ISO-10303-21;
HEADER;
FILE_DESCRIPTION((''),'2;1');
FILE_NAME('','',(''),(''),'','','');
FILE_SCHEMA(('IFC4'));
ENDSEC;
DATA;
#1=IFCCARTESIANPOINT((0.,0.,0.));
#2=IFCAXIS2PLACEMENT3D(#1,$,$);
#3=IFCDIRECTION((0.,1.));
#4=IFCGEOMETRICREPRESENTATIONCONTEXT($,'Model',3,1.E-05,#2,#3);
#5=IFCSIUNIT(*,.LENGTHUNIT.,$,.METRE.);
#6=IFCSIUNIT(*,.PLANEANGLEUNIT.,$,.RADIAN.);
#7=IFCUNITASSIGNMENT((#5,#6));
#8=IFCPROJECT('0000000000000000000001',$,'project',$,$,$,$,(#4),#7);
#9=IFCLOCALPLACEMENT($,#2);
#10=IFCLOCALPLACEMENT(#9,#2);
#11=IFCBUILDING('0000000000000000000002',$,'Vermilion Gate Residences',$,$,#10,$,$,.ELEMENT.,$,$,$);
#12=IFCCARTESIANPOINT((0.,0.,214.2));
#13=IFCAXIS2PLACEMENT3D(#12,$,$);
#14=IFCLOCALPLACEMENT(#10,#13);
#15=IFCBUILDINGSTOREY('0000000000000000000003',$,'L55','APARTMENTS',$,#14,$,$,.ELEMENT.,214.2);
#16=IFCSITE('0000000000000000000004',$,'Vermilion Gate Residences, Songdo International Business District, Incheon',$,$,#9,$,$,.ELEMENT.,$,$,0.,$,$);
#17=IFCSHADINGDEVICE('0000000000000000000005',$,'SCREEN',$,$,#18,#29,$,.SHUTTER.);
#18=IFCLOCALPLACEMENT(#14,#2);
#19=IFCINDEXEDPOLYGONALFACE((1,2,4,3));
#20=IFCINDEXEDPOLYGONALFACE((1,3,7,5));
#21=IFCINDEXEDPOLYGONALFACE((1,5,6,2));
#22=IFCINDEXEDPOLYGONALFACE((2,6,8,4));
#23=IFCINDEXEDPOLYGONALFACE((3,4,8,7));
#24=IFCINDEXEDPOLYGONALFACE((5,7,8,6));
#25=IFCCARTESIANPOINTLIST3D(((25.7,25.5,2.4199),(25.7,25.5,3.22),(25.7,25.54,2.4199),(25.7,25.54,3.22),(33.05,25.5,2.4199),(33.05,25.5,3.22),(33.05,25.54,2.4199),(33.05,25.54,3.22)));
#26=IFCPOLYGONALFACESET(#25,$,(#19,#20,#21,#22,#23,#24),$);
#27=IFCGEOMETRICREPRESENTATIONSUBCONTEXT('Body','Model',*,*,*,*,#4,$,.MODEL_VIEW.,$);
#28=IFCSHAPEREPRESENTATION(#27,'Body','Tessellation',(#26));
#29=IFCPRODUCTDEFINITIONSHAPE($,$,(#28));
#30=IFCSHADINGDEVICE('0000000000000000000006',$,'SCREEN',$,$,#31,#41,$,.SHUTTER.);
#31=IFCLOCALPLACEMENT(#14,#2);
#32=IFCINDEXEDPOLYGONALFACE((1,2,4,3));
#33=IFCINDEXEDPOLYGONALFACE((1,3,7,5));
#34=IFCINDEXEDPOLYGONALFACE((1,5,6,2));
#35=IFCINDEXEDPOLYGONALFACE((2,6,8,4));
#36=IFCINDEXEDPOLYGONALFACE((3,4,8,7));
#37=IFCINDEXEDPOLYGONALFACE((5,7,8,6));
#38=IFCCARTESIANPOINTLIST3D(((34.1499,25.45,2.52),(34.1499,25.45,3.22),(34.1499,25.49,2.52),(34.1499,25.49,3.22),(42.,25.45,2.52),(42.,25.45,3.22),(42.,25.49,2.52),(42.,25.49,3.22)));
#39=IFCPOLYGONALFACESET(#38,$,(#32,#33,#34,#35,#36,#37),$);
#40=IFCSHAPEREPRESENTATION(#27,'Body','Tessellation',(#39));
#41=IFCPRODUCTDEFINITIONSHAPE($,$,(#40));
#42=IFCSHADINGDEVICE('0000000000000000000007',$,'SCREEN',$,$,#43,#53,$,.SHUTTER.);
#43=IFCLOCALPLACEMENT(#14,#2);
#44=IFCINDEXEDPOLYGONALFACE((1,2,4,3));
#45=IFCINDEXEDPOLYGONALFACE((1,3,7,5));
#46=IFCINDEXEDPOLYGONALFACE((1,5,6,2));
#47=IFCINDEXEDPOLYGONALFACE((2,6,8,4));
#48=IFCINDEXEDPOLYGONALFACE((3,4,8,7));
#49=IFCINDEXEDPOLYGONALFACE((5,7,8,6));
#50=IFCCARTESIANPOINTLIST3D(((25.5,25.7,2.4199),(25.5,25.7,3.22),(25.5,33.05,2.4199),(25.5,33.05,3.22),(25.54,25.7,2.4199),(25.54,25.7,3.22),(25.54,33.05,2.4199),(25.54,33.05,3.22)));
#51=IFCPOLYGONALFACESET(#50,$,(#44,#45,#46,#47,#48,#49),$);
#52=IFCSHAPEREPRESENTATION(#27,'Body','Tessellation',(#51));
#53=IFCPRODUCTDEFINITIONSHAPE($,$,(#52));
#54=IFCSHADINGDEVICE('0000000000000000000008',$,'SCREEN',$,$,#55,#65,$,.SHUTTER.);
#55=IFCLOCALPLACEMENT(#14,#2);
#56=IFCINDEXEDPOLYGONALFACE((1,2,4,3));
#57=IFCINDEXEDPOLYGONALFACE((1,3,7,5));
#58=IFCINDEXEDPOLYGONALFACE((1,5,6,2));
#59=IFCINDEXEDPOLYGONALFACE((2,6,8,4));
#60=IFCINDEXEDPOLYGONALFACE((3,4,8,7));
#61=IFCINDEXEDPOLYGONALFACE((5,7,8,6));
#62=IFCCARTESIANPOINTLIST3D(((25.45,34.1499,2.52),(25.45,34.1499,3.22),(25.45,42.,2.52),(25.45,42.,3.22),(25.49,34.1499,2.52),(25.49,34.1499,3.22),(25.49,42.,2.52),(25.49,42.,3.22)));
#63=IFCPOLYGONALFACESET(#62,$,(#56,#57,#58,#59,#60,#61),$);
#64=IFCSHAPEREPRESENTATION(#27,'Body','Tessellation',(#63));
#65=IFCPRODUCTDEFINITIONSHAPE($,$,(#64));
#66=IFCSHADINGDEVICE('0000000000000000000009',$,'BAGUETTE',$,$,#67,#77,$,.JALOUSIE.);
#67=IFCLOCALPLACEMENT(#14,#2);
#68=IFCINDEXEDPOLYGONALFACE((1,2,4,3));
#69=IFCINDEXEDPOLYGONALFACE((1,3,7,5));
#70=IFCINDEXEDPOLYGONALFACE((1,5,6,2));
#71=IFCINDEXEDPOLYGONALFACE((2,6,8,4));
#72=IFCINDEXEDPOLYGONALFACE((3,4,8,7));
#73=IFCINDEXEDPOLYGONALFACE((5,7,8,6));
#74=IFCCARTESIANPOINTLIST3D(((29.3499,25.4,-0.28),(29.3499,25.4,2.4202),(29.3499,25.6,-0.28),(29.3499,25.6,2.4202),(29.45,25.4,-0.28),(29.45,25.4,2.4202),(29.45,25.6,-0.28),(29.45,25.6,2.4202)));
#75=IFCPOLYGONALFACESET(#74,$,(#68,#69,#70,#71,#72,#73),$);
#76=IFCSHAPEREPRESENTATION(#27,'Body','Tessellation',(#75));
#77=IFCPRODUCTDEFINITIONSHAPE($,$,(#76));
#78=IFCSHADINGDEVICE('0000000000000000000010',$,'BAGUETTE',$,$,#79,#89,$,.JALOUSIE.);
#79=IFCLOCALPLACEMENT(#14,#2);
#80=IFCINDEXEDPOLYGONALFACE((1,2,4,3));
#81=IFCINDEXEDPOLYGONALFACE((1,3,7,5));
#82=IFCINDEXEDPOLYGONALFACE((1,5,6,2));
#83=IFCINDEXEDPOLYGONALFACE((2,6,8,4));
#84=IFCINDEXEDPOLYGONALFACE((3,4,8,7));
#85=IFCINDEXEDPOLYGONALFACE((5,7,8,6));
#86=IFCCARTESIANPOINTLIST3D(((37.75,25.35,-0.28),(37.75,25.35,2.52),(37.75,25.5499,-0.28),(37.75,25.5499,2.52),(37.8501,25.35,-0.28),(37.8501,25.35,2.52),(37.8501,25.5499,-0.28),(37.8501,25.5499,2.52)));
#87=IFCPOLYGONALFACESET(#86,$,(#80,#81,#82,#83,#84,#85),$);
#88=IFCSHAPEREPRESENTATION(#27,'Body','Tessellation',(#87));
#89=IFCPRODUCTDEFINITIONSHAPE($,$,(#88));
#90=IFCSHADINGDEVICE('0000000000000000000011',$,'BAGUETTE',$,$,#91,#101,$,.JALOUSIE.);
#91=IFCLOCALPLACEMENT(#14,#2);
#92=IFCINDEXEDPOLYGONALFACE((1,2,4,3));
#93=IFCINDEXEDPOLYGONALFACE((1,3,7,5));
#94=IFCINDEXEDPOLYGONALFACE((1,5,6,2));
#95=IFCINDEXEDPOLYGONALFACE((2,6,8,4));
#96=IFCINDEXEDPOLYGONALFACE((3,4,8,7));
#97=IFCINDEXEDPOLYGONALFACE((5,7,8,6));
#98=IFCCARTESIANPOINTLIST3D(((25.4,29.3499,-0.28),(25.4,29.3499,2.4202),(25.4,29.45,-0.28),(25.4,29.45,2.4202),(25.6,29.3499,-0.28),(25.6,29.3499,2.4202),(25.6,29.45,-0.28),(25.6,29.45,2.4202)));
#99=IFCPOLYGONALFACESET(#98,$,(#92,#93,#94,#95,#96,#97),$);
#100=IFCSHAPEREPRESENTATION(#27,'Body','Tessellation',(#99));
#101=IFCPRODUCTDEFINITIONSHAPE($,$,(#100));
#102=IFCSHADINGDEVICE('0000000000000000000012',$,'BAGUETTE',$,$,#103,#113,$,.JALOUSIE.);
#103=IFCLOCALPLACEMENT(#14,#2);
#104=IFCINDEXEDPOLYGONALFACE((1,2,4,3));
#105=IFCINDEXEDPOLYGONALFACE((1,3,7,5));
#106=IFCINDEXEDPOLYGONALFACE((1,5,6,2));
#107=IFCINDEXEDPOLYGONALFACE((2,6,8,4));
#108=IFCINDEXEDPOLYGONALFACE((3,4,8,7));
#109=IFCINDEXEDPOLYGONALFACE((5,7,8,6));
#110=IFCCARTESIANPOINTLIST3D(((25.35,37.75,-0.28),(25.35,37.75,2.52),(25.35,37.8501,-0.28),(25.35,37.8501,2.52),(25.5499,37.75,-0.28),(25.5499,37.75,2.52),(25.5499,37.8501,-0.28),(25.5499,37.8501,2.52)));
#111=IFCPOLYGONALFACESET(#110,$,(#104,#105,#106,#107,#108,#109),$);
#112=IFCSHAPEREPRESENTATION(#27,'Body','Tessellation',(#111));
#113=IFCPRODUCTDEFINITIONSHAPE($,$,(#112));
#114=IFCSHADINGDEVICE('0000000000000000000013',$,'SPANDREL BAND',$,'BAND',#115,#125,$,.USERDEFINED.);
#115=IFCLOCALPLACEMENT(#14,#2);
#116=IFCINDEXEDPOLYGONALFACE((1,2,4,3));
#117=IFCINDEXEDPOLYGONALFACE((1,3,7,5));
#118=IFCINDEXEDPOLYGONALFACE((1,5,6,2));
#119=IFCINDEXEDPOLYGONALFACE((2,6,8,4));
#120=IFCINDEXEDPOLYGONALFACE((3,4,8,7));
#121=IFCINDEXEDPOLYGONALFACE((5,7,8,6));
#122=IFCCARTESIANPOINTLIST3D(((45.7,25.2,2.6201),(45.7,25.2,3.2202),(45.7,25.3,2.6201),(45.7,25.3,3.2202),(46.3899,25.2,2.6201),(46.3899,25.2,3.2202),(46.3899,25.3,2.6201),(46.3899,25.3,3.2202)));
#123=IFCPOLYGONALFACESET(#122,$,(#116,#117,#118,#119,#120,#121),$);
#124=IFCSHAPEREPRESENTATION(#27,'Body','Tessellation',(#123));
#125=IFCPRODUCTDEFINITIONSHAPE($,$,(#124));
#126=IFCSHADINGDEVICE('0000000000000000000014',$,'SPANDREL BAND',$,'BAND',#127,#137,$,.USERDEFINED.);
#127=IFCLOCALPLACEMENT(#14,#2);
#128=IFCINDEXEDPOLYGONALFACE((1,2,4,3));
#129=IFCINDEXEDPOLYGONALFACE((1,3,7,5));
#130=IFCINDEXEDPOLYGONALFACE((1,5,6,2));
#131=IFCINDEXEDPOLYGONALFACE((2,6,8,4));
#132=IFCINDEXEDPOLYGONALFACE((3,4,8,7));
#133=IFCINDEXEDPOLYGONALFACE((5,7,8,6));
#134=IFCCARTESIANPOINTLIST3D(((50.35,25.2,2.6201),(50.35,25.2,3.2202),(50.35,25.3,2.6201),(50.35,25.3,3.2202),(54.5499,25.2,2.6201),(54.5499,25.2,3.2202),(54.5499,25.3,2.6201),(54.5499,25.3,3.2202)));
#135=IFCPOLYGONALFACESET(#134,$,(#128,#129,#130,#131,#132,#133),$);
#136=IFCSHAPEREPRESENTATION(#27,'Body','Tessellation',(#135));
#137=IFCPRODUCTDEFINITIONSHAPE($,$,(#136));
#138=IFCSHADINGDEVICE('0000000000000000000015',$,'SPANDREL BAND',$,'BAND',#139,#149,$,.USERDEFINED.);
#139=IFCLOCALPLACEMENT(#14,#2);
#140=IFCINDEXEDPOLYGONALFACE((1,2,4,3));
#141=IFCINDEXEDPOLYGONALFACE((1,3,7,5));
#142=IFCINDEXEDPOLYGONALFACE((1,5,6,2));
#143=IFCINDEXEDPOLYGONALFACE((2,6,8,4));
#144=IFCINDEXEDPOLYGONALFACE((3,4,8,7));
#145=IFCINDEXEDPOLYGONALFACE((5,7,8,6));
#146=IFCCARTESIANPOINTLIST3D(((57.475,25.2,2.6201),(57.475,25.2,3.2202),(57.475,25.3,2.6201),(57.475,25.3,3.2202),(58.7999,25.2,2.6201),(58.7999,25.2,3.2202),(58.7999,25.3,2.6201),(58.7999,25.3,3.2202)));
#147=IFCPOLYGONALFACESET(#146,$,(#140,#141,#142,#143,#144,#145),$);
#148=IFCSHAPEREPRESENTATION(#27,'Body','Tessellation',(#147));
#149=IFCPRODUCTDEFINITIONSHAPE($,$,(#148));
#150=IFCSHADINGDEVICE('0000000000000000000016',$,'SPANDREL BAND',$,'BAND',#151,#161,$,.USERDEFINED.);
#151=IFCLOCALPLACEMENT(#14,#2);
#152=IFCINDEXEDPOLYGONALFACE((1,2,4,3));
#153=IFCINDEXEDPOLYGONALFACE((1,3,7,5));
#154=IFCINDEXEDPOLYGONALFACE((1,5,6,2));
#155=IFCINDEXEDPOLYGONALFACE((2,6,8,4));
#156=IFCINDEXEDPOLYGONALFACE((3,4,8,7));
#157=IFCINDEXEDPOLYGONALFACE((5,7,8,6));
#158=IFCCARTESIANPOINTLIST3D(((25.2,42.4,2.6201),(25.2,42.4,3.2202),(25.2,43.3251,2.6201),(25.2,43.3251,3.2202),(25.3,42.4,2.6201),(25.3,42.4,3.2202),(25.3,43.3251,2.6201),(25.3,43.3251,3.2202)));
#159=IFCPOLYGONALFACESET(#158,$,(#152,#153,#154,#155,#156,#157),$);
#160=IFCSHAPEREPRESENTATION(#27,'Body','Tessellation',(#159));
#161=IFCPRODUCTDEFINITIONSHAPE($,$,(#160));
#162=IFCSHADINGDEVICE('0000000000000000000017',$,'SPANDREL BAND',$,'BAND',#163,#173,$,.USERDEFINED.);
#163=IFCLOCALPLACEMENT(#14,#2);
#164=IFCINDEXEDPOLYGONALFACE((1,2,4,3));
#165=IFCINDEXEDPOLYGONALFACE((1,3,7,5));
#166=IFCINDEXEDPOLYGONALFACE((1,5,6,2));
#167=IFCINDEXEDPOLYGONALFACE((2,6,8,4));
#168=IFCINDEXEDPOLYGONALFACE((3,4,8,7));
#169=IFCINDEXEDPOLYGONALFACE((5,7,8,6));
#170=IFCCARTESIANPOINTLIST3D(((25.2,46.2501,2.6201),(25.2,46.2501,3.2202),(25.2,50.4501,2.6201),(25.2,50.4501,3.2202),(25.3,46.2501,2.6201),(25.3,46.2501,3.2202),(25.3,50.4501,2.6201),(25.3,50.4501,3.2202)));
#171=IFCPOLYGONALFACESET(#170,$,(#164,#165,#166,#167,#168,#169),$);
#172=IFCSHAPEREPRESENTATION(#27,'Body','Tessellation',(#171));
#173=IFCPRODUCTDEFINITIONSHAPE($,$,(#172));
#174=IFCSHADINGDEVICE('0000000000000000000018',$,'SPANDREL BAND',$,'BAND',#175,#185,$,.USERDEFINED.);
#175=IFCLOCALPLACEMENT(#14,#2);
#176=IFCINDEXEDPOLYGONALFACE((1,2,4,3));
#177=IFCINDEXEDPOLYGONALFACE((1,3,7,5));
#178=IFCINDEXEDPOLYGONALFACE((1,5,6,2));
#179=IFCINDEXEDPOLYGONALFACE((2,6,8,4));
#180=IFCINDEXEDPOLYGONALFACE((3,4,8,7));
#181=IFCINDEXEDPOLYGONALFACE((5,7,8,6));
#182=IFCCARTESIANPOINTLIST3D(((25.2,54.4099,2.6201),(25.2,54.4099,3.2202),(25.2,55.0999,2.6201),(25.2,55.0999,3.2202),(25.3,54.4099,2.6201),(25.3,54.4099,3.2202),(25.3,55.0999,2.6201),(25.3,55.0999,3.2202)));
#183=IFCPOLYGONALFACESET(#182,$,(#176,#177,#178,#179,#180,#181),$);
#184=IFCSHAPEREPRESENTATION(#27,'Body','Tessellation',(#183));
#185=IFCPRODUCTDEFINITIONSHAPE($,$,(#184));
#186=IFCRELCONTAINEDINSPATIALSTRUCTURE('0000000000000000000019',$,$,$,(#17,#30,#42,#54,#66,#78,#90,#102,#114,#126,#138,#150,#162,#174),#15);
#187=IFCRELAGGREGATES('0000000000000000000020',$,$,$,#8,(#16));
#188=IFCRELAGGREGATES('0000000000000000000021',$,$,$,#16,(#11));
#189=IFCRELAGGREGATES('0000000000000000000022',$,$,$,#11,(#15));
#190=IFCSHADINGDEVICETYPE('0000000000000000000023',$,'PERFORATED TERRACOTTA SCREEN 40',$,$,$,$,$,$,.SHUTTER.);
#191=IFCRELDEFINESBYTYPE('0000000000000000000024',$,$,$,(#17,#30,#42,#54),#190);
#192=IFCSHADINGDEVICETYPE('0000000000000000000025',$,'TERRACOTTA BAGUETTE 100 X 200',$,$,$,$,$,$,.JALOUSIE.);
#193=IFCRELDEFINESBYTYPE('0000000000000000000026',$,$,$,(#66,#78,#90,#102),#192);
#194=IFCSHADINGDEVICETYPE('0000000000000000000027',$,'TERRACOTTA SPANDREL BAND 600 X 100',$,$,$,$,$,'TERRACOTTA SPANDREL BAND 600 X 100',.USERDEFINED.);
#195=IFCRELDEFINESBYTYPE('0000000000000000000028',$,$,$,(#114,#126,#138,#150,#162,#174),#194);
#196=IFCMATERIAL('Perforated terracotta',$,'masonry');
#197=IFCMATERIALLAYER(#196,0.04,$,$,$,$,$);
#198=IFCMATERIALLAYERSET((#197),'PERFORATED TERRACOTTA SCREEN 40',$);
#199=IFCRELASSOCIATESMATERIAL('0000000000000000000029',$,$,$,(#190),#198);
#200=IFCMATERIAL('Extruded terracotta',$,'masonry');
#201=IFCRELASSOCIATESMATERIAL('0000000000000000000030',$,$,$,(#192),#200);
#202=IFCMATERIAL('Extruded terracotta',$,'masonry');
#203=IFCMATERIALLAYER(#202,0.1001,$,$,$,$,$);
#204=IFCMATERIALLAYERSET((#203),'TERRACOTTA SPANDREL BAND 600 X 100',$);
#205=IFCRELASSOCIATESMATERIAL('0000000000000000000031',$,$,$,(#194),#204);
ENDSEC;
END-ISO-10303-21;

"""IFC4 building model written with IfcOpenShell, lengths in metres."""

from ifc_helpers import new_model, si_unit, direction, frame, origin, origin_2d, place, context, subcontext, project, spatial, rectangle, extrude, material, layer, layer_set, material_profile, profile_set, type_object, element, save


model = new_model("IFC4")

# Units and contexts
model_context = context("Model", 3, precision=1e-05, world=origin(), true_north=direction((0.0, 1.0)))
body_context = subcontext(model_context, "Body", "Model", "MODEL_VIEW")
ifc_project = project(units=[si_unit("LENGTHUNIT", "METRE"), si_unit("PLANEANGLEUNIT", "RADIAN")], contexts=[model_context])

# Site, building, storey
site_placement = place(None, origin())
site = spatial("IfcSite", under=ifc_project, at=site_placement, Name="Vermilion Gate Residences, Songdo International Business District, Incheon", CompositionType="ELEMENT", RefElevation=0.0)
building_placement = place(site_placement, origin())
building = spatial("IfcBuilding", under=site, at=building_placement, Name="Vermilion Gate Residences", CompositionType="ELEMENT")
storey_placement = place(building_placement, frame((0.0, 0.0, 214.2)))
storey = spatial("IfcBuildingStorey", under=building, at=storey_placement, Name="L55", Description="APARTMENTS", CompositionType="ELEMENT", Elevation=214.2)

# Shading devices
ifc_material_1 = material(Name="Perforated terracotta", Category="masonry")
ifc_layer_1 = layer(ifc_material_1, 0.04)
ifc_layer_set_1 = layer_set([ifc_layer_1], Name="PERFORATED TERRACOTTA SCREEN 40")
shading_device_type_1 = type_object("IfcShadingDeviceType", Name="PERFORATED TERRACOTTA SCREEN 40", PredefinedType="SHUTTER", material=ifc_layer_set_1)
shading_device_1_placement = place(storey_placement, frame((29.375, 25.52, 2.4199), z_axis=(0.0, 0.0, 1.0), x_axis=(-1.0, 0.0, 0.0)))
element("IfcShadingDevice", 1, at=shading_device_1_placement, inside=storey, type_object=shading_device_type_1, Name="SCREEN", PredefinedType="SHUTTER", context=body_context, shape_type="SweptSolid", body=[
    extrude(rectangle(XDim=7.3501, YDim=0.04, at=origin_2d()), origin(), (0.0, 0.0, 1.0), 0.8),
])
shading_device_2_placement = place(storey_placement, frame((38.075, 25.47, 2.52), z_axis=(0.0, 0.0, 1.0), x_axis=(-1.0, 0.0, 0.0)))
element("IfcShadingDevice", 2, at=shading_device_2_placement, inside=storey, type_object=shading_device_type_1, Name="SCREEN", PredefinedType="SHUTTER", context=body_context, shape_type="SweptSolid", body=[
    extrude(rectangle(XDim=7.8501, YDim=0.04, at=origin_2d()), origin(), (0.0, 0.0, 1.0), 0.7),
])
shading_device_3_placement = place(storey_placement, frame((25.52, 29.375, 2.4199), z_axis=(0.0, 0.0, 1.0), x_axis=(0.0, 1.0, 0.0)))
element("IfcShadingDevice", 3, at=shading_device_3_placement, inside=storey, type_object=shading_device_type_1, Name="SCREEN", PredefinedType="SHUTTER", context=body_context, shape_type="SweptSolid", body=[
    extrude(rectangle(XDim=7.3501, YDim=0.04, at=origin_2d()), origin(), (0.0, 0.0, 1.0), 0.8),
])
shading_device_4_placement = place(storey_placement, frame((25.47, 38.075, 2.52), z_axis=(0.0, 0.0, 1.0), x_axis=(0.0, 1.0, 0.0)))
element("IfcShadingDevice", 4, at=shading_device_4_placement, inside=storey, type_object=shading_device_type_1, Name="SCREEN", PredefinedType="SHUTTER", context=body_context, shape_type="SweptSolid", body=[
    extrude(rectangle(XDim=7.8501, YDim=0.04, at=origin_2d()), origin(), (0.0, 0.0, 1.0), 0.7),
])
ifc_material_2 = material(Name="Extruded terracotta", Category="masonry")
ifc_material_profile = material_profile(ifc_material_2, rectangle(XDim=0.2, YDim=0.1001, at=origin_2d()), Name="BAGUETTE 100 X 200")
ifc_profile_set = profile_set([ifc_material_profile], Name="Extruded terracotta")
shading_device_type_2 = type_object("IfcShadingDeviceType", Name="TERRACOTTA BAGUETTE 100 X 200", PredefinedType="JALOUSIE", material=ifc_profile_set)
shading_device_5_placement = place(storey_placement, frame((29.3999, 25.5, -0.28), z_axis=(0.0, 0.0, 1.0), x_axis=(0.0, -1.0, 0.0)))
element("IfcShadingDevice", 5, at=shading_device_5_placement, inside=storey, type_object=shading_device_type_2, Name="BAGUETTE", PredefinedType="JALOUSIE", context=body_context, shape_type="SweptSolid", body=[
    extrude(rectangle(XDim=0.2, YDim=0.1001, at=origin_2d()), origin(), (0.0, 0.0, 1.0), 2.7002),
])
shading_device_6_placement = place(storey_placement, frame((37.8, 25.45, -0.28), z_axis=(0.0, 0.0, 1.0), x_axis=(0.0, -1.0, 0.0)))
element("IfcShadingDevice", 6, at=shading_device_6_placement, inside=storey, type_object=shading_device_type_2, Name="BAGUETTE", PredefinedType="JALOUSIE", context=body_context, shape_type="SweptSolid", body=[
    extrude(rectangle(XDim=0.2, YDim=0.1001, at=origin_2d()), origin(), (0.0, 0.0, 1.0), 2.8),
])
shading_device_7_placement = place(storey_placement, frame((25.5, 29.3999, -0.28), z_axis=(0.0, 0.0, 1.0), x_axis=(-1.0, 0.0, 0.0)))
element("IfcShadingDevice", 7, at=shading_device_7_placement, inside=storey, type_object=shading_device_type_2, Name="BAGUETTE", PredefinedType="JALOUSIE", context=body_context, shape_type="SweptSolid", body=[
    extrude(rectangle(XDim=0.2, YDim=0.1001, at=origin_2d()), origin(), (0.0, 0.0, 1.0), 2.7002),
])
shading_device_8_placement = place(storey_placement, frame((25.45, 37.8, -0.28), z_axis=(0.0, 0.0, 1.0), x_axis=(-1.0, 0.0, 0.0)))
element("IfcShadingDevice", 8, at=shading_device_8_placement, inside=storey, type_object=shading_device_type_2, Name="BAGUETTE", PredefinedType="JALOUSIE", context=body_context, shape_type="SweptSolid", body=[
    extrude(rectangle(XDim=0.2, YDim=0.1001, at=origin_2d()), origin(), (0.0, 0.0, 1.0), 2.8),
])
ifc_material_3 = material(Name="Extruded terracotta", Category="masonry")
ifc_layer_2 = layer(ifc_material_3, 0.1001)
ifc_layer_set_2 = layer_set([ifc_layer_2], Name="TERRACOTTA SPANDREL BAND 600 X 100")
shading_device_type_3 = type_object("IfcShadingDeviceType", Name="TERRACOTTA SPANDREL BAND 600 X 100", ElementType="TERRACOTTA SPANDREL BAND 600 X 100", PredefinedType="USERDEFINED", material=ifc_layer_set_2)
shading_device_9_placement = place(storey_placement, frame((46.0449, 25.25, 2.6201), z_axis=(0.0, 0.0, 1.0), x_axis=(1.0, 0.0, 0.0)))
element("IfcShadingDevice", 9, at=shading_device_9_placement, inside=storey, type_object=shading_device_type_3, Name="SPANDREL BAND", ObjectType="BAND", PredefinedType="USERDEFINED", context=body_context, shape_type="SweptSolid", body=[
    extrude(rectangle(XDim=0.6899, YDim=0.1001, at=origin_2d()), origin(), (0.0, 0.0, 1.0), 0.6001),
])
shading_device_10_placement = place(storey_placement, frame((52.45, 25.25, 2.6201), z_axis=(0.0, 0.0, 1.0), x_axis=(1.0, 0.0, 0.0)))
element("IfcShadingDevice", 10, at=shading_device_10_placement, inside=storey, type_object=shading_device_type_3, Name="SPANDREL BAND", ObjectType="BAND", PredefinedType="USERDEFINED", context=body_context, shape_type="SweptSolid", body=[
    extrude(rectangle(XDim=4.2, YDim=0.1001, at=origin_2d()), origin(), (0.0, 0.0, 1.0), 0.6001),
])
shading_device_11_placement = place(storey_placement, frame((58.1375, 25.25, 2.6201), z_axis=(0.0, 0.0, 1.0), x_axis=(1.0, 0.0, 0.0)))
element("IfcShadingDevice", 11, at=shading_device_11_placement, inside=storey, type_object=shading_device_type_3, Name="SPANDREL BAND", ObjectType="BAND", PredefinedType="USERDEFINED", context=body_context, shape_type="SweptSolid", body=[
    extrude(rectangle(XDim=1.325, YDim=0.1001, at=origin_2d()), origin(), (0.0, 0.0, 1.0), 0.6001),
])
shading_device_12_placement = place(storey_placement, frame((25.25, 42.8625, 2.6201), z_axis=(0.0, 0.0, 1.0), x_axis=(0.0, 1.0, 0.0)))
element("IfcShadingDevice", 12, at=shading_device_12_placement, inside=storey, type_object=shading_device_type_3, Name="SPANDREL BAND", ObjectType="BAND", PredefinedType="USERDEFINED", context=body_context, shape_type="SweptSolid", body=[
    extrude(rectangle(XDim=0.925, YDim=0.1001, at=origin_2d()), origin(), (0.0, 0.0, 1.0), 0.6001),
])
shading_device_13_placement = place(storey_placement, frame((25.25, 48.3501, 2.6201), z_axis=(0.0, 0.0, 1.0), x_axis=(0.0, 1.0, 0.0)))
element("IfcShadingDevice", 13, at=shading_device_13_placement, inside=storey, type_object=shading_device_type_3, Name="SPANDREL BAND", ObjectType="BAND", PredefinedType="USERDEFINED", context=body_context, shape_type="SweptSolid", body=[
    extrude(rectangle(XDim=4.2, YDim=0.1001, at=origin_2d()), origin(), (0.0, 0.0, 1.0), 0.6001),
])
shading_device_14_placement = place(storey_placement, frame((25.25, 54.7549, 2.6201), z_axis=(0.0, 0.0, 1.0), x_axis=(0.0, 1.0, 0.0)))
element("IfcShadingDevice", 14, at=shading_device_14_placement, inside=storey, type_object=shading_device_type_3, Name="SPANDREL BAND", ObjectType="BAND", PredefinedType="USERDEFINED", context=body_context, shape_type="SweptSolid", body=[
    extrude(rectangle(XDim=0.6899, YDim=0.1001, at=origin_2d()), origin(), (0.0, 0.0, 1.0), 0.6001),
])

save(model, "model.ifc")
